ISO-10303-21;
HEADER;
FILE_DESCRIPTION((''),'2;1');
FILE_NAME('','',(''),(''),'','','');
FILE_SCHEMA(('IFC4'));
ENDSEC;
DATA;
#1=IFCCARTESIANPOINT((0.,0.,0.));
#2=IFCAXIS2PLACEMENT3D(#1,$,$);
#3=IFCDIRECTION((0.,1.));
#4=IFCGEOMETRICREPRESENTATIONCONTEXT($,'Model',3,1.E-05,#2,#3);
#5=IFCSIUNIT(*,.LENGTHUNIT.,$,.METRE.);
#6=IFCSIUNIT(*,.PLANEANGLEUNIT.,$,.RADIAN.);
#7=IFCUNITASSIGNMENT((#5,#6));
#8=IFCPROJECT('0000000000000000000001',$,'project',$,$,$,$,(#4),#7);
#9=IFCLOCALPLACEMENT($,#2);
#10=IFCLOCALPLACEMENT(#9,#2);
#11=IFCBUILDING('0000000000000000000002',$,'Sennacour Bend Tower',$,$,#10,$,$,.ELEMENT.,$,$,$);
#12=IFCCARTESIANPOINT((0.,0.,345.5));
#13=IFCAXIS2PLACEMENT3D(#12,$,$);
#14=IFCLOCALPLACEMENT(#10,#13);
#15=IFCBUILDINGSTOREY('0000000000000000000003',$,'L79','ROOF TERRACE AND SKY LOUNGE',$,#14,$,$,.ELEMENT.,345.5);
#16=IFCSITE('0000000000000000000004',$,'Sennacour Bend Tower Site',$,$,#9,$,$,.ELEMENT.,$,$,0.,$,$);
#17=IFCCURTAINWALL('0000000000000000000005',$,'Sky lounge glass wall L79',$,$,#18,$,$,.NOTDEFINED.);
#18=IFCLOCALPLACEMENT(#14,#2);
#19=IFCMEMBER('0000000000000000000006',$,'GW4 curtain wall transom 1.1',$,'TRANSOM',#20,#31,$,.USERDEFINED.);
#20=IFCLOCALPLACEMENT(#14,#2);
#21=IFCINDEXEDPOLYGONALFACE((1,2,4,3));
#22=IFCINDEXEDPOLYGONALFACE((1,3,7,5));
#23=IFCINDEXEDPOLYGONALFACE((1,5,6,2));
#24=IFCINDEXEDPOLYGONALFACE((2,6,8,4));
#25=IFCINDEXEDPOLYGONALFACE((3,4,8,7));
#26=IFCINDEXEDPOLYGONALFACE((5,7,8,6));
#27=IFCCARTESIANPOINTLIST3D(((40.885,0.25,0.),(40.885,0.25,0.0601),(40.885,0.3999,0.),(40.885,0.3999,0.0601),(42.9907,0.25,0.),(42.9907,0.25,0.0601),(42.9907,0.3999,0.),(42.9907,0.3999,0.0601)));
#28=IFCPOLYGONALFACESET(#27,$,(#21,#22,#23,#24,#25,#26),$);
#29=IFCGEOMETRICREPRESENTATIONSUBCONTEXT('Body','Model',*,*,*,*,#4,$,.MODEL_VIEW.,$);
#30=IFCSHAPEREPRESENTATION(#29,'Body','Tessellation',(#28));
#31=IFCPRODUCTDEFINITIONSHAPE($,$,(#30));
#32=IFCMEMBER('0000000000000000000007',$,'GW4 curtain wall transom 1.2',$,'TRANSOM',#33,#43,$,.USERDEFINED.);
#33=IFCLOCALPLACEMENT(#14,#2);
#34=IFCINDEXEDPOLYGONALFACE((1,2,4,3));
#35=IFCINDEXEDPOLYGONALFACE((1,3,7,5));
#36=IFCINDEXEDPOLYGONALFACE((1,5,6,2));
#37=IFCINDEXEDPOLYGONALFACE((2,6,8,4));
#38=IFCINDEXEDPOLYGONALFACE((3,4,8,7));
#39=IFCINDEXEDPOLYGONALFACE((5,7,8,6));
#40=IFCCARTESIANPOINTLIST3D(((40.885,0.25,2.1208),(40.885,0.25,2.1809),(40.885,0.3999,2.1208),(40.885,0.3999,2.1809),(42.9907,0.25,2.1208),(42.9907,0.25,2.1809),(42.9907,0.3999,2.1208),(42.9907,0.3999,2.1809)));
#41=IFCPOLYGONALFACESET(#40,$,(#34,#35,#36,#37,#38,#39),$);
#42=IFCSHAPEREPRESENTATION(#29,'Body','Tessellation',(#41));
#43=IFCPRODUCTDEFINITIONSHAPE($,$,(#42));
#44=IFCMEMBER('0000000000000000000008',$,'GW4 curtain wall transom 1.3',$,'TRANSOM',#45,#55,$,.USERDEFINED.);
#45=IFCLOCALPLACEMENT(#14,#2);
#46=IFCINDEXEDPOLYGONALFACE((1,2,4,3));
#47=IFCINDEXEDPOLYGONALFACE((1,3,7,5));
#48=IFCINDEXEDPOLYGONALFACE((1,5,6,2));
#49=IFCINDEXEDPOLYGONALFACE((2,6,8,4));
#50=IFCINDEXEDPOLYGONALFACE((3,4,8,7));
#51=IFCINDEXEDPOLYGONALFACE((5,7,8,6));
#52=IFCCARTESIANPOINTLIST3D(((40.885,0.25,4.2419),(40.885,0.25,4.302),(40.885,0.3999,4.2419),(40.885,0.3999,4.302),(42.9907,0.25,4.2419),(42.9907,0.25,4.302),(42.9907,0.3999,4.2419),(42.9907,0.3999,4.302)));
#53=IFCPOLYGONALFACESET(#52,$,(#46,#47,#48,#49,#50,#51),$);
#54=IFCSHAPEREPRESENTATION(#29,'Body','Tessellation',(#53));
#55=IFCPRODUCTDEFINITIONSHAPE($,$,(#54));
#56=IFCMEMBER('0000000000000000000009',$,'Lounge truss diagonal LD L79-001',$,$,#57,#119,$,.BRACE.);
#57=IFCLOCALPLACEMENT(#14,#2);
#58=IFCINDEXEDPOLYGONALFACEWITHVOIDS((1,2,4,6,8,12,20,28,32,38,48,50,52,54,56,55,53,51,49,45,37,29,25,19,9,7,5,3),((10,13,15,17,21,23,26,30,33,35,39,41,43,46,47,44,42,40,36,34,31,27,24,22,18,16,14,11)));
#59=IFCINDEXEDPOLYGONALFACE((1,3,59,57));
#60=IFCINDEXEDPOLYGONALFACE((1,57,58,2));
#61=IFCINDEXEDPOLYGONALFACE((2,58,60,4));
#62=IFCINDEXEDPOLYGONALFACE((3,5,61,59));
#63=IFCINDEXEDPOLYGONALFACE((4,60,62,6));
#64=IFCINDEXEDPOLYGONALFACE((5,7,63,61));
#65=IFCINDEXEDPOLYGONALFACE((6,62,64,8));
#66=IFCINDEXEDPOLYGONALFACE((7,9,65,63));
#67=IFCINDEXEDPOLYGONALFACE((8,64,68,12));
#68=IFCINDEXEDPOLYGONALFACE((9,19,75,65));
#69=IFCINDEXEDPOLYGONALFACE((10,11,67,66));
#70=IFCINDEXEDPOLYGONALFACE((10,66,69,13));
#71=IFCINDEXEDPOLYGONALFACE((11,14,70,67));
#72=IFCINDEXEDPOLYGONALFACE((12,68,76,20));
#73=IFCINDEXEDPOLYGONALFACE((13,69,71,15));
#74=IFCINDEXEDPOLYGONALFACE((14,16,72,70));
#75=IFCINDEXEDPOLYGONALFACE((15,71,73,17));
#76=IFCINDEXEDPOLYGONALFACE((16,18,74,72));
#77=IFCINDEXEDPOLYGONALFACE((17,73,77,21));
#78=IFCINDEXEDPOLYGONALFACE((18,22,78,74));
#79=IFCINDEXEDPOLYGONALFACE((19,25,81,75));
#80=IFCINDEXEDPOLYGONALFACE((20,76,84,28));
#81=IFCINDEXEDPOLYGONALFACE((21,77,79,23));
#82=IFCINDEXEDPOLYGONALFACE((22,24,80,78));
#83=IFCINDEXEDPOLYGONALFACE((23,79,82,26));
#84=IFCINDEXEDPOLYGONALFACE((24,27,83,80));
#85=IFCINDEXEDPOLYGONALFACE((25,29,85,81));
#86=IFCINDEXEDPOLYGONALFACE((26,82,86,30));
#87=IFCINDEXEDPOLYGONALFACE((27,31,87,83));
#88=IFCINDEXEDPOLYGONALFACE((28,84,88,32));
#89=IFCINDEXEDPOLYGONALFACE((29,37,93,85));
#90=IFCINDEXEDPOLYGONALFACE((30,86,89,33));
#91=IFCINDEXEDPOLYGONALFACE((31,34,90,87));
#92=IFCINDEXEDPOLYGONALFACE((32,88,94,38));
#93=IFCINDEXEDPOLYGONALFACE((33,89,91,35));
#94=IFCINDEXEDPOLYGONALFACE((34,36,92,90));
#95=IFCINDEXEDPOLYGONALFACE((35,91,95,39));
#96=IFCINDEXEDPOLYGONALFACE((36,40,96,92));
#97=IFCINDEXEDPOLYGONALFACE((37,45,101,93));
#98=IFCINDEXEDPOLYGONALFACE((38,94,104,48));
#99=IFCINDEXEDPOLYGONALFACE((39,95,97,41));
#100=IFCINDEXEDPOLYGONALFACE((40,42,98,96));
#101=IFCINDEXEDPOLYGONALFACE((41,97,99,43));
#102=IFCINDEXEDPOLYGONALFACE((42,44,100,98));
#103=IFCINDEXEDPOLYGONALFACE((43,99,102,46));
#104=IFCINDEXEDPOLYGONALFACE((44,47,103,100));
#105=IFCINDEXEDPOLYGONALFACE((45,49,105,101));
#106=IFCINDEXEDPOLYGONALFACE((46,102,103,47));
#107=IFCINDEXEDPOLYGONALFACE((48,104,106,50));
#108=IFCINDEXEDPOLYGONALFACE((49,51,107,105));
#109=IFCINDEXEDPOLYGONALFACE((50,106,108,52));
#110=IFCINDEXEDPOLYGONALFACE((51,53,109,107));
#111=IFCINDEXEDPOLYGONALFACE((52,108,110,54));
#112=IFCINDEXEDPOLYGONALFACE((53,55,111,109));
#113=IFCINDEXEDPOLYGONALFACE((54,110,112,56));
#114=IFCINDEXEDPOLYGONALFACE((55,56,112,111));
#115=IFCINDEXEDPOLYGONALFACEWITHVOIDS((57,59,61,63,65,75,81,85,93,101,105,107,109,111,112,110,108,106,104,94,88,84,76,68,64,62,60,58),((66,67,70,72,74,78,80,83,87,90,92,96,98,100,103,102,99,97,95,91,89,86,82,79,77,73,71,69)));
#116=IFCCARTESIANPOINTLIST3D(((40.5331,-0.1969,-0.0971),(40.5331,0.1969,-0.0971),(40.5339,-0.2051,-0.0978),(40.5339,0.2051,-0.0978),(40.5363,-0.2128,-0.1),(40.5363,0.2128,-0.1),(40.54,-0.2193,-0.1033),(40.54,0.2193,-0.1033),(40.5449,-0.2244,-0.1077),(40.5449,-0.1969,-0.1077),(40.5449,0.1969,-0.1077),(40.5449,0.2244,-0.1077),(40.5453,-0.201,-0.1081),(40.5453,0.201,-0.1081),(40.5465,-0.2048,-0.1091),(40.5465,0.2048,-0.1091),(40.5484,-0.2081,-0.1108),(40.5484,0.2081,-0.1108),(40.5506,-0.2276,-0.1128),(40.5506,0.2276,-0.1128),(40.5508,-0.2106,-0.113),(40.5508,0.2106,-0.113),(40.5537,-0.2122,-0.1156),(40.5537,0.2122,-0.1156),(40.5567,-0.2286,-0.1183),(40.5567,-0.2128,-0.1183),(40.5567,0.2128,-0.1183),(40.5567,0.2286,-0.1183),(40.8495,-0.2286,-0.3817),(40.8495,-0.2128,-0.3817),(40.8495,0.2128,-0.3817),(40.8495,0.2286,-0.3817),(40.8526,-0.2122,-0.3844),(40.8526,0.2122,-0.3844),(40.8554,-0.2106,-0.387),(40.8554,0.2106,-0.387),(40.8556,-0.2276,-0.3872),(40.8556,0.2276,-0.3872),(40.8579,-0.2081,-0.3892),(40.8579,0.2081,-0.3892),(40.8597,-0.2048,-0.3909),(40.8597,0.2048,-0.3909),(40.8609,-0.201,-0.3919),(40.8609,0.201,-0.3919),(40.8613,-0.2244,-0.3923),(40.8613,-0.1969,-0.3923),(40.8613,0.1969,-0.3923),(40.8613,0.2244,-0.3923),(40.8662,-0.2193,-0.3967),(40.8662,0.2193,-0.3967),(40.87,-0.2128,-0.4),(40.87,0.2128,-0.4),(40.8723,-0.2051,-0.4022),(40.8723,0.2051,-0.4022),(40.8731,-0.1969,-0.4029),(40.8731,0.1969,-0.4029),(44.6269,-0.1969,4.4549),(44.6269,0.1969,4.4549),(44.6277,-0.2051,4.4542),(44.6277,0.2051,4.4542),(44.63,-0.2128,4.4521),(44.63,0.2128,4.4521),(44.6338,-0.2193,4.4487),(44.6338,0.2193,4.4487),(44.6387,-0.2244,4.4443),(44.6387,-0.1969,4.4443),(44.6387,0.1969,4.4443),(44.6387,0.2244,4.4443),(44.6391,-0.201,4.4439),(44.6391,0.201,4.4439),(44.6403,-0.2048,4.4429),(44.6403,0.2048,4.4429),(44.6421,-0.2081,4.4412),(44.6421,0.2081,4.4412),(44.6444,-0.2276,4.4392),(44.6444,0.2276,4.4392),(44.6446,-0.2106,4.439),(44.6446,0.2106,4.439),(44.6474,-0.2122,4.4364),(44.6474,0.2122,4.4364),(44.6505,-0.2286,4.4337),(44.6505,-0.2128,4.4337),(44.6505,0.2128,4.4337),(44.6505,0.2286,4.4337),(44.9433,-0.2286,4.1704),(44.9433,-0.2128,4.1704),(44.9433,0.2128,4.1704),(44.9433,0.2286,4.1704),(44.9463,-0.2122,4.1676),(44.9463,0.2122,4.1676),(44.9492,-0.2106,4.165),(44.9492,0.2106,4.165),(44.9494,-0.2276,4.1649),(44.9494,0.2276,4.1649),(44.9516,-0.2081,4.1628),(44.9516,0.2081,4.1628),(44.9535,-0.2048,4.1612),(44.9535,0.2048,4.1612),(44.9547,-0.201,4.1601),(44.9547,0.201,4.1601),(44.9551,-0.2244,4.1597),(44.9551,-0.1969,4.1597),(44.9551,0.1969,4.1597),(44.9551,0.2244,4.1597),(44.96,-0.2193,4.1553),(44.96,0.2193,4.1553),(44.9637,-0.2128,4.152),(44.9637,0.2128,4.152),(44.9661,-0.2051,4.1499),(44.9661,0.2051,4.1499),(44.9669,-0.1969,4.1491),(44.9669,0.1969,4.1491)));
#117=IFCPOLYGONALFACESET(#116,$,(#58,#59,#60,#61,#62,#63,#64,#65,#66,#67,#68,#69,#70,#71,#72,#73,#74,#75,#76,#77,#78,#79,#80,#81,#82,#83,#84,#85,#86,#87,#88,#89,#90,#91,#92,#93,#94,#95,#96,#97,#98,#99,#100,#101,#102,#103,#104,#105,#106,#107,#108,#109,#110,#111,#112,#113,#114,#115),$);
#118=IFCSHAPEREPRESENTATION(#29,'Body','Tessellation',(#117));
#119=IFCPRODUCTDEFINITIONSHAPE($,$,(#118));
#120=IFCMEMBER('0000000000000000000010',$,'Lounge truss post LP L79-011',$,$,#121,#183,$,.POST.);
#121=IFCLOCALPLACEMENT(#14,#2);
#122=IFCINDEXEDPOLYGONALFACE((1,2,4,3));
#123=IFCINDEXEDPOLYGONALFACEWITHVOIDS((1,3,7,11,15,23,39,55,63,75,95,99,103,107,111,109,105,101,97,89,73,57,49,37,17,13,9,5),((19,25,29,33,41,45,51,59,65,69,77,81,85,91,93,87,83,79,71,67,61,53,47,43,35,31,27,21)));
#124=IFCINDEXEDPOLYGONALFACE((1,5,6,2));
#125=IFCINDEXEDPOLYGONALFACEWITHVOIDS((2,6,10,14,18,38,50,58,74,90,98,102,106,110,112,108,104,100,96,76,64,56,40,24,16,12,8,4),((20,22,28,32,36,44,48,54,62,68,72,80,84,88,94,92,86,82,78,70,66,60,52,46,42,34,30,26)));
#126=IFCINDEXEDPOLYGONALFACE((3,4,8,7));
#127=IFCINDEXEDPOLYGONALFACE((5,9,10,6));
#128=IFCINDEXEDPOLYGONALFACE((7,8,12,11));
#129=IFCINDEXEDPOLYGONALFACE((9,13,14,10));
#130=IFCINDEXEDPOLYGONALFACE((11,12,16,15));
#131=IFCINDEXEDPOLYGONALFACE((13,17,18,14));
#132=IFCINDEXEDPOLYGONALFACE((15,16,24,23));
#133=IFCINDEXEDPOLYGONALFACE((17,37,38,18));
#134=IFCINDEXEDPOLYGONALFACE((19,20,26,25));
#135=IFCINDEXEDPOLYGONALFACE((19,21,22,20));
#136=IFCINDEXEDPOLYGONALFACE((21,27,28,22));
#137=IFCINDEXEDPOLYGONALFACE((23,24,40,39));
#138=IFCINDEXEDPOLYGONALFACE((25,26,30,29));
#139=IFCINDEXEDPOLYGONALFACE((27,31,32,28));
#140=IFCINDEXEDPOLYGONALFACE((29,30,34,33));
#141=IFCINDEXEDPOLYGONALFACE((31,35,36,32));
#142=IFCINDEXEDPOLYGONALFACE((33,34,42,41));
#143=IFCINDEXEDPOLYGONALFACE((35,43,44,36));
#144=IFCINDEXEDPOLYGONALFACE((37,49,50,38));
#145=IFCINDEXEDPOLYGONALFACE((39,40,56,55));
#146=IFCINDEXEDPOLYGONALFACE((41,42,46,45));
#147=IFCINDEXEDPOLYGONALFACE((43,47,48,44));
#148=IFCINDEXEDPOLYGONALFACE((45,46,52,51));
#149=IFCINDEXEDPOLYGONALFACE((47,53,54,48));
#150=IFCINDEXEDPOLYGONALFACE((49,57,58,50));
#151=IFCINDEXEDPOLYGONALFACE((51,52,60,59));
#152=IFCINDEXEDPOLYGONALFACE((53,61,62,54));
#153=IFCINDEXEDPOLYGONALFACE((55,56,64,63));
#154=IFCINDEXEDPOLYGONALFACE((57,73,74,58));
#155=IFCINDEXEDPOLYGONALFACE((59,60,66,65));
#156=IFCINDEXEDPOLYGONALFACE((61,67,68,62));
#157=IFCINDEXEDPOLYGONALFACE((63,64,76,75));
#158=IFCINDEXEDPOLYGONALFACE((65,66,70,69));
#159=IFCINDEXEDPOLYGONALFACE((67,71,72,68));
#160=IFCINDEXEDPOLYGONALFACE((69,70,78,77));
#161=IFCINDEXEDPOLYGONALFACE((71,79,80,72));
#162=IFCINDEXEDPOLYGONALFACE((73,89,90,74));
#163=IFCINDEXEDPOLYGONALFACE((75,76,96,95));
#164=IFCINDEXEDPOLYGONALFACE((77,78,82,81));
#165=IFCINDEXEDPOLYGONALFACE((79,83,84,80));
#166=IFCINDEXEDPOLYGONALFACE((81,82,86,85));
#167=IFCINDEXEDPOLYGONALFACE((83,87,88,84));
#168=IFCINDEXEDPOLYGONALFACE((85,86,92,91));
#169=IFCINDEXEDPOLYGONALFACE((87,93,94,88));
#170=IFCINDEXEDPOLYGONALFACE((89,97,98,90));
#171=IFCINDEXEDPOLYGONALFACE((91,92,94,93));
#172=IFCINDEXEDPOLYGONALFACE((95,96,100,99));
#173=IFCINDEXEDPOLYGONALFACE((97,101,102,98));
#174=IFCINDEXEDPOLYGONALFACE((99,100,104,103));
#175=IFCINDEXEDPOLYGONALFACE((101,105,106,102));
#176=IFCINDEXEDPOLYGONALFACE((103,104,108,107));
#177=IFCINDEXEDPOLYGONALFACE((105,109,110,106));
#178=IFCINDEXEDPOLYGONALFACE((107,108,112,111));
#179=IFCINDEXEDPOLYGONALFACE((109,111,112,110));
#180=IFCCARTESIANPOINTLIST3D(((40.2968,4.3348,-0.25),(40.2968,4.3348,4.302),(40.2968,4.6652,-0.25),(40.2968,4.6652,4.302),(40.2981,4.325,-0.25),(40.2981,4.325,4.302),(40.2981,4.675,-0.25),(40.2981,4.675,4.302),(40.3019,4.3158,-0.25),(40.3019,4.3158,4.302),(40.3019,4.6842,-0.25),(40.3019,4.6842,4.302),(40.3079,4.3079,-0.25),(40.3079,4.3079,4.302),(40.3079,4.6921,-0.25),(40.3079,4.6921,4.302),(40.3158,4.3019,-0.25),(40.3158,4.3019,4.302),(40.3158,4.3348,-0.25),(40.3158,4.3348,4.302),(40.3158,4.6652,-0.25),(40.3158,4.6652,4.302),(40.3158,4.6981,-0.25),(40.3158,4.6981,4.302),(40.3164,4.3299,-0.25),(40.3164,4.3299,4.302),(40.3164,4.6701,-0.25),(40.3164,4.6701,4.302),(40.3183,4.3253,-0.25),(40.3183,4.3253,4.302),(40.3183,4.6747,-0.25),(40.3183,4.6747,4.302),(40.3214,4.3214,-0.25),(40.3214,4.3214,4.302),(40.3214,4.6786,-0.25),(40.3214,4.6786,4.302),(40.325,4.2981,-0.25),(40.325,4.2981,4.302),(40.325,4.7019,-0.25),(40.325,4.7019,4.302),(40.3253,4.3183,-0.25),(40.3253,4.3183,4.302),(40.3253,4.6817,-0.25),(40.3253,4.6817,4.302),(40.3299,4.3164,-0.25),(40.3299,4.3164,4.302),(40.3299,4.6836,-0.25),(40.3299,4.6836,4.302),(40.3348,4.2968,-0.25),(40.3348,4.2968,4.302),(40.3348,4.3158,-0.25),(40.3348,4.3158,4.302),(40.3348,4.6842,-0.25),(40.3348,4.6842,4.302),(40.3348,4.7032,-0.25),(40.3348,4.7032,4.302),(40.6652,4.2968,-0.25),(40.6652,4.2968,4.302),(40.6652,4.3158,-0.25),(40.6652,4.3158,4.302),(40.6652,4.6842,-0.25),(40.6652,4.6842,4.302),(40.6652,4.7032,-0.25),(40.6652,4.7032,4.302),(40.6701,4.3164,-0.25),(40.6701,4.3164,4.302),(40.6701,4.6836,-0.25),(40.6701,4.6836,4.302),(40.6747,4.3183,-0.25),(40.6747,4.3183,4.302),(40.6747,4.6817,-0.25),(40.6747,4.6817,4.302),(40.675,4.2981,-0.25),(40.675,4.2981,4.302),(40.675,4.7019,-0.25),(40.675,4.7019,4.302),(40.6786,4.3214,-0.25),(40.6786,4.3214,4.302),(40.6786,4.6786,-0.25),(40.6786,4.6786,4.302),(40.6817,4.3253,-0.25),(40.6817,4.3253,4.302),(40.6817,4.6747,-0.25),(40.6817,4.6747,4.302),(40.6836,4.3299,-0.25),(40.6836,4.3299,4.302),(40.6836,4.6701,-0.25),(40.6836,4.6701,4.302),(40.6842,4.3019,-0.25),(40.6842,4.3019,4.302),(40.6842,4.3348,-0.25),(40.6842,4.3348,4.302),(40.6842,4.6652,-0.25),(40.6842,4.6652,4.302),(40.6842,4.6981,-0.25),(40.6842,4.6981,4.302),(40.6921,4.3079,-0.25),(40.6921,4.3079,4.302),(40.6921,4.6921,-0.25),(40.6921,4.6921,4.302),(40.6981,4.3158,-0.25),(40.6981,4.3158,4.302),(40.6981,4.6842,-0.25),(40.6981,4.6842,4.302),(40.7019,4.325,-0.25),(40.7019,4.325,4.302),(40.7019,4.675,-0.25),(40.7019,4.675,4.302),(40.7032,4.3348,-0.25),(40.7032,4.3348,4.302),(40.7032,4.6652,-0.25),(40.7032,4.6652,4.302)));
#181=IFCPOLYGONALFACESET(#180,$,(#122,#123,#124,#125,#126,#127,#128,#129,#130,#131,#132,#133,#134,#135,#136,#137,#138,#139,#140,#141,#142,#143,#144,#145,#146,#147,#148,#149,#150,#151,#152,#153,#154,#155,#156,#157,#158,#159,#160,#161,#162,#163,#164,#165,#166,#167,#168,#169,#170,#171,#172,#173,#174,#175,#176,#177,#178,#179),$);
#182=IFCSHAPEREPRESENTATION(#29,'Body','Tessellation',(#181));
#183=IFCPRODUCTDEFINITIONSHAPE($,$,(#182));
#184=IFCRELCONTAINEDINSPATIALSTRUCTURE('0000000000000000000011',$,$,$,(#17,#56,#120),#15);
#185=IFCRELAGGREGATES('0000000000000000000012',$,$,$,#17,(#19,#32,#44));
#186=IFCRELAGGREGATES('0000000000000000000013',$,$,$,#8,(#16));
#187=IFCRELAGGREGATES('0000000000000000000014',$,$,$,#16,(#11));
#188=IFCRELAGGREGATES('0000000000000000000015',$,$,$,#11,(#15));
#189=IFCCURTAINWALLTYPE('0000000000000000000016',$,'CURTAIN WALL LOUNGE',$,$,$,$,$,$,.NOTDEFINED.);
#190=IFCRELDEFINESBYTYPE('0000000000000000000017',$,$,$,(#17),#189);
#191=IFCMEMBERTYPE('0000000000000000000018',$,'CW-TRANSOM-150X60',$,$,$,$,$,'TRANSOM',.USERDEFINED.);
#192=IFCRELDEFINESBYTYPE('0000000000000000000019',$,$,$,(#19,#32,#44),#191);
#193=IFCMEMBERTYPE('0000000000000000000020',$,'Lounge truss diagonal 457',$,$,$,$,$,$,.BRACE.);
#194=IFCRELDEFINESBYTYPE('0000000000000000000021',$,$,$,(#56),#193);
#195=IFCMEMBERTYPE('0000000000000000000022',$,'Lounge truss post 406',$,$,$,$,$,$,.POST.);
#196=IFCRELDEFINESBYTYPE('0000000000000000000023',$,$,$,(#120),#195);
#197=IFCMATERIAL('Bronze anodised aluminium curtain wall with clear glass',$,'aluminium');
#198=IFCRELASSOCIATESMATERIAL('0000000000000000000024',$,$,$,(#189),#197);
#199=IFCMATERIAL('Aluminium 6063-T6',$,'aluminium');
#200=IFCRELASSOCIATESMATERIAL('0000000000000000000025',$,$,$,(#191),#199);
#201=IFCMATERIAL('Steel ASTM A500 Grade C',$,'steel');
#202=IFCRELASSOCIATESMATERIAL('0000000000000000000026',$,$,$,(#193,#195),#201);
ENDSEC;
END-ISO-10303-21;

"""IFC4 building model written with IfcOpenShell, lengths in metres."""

from ifc_helpers import new_model, si_unit, direction, frame, origin, origin_2d, place, context, subcontext, project, spatial, rectangle, hollow_rectangle, extrude, material, material_profile, profile_set, type_object, element, aggregate, save


model = new_model("IFC4")

# Units and contexts
model_context = context("Model", 3, precision=1e-05, world=origin(), true_north=direction((0.0, 1.0)))
body_context = subcontext(model_context, "Body", "Model", "MODEL_VIEW")
ifc_project = project(units=[si_unit("LENGTHUNIT", "METRE"), si_unit("PLANEANGLEUNIT", "RADIAN")], contexts=[model_context])

# Site, building, storey
site_placement = place(None, origin())
site = spatial("IfcSite", under=ifc_project, at=site_placement, Name="Sennacour Bend Tower Site", CompositionType="ELEMENT", RefElevation=0.0)
building_placement = place(site_placement, origin())
building = spatial("IfcBuilding", under=site, at=building_placement, Name="Sennacour Bend Tower", CompositionType="ELEMENT")
storey_placement = place(building_placement, frame((0.0, 0.0, 345.5)))
storey = spatial("IfcBuildingStorey", under=building, at=storey_placement, Name="L79", Description="ROOF TERRACE AND SKY LOUNGE", CompositionType="ELEMENT", Elevation=345.5)

# Shared definitions
ifc_material_1 = material(Name="Bronze anodised aluminium curtain wall with clear glass", Category="aluminium")
curtain_wall_type = type_object("IfcCurtainWallType", Name="CURTAIN WALL LOUNGE", PredefinedType="NOTDEFINED", material=ifc_material_1)
ifc_material_2 = material(Name="Aluminium 6063-T6", Category="aluminium")

# Curtain wall
curtain_wall_1_placement = place(storey_placement, origin())
curtain_wall_1 = element("IfcCurtainWall", 1, at=curtain_wall_1_placement, inside=storey, type_object=curtain_wall_type, Name="Sky lounge glass wall L79", PredefinedType="NOTDEFINED")

# Members
ifc_material_profile_1 = material_profile(ifc_material_2, rectangle(XDim=0.1499, YDim=0.0601, at=origin_2d()), Name="Aluminium 6063-T6", Category="aluminium")
ifc_profile_set_1 = profile_set([ifc_material_profile_1], Name="Aluminium 6063-T6")
member_type_1 = type_object("IfcMemberType", Name="CW-TRANSOM-150X60", ElementType="TRANSOM", PredefinedType="USERDEFINED", material=ifc_profile_set_1)
member_1_placement = place(storey_placement, frame((40.885, 0.325, 0.03), z_axis=(1.0, 0.0, 0.0), x_axis=(0.0, 1.0, 0.0)))
member_1 = element("IfcMember", 2, at=member_1_placement, type_object=member_type_1, Name="GW4 curtain wall transom 1.1", ObjectType="TRANSOM", PredefinedType="USERDEFINED", context=body_context, shape_type="SweptSolid", body=[
    extrude(rectangle(XDim=0.1499, YDim=0.0601, at=origin_2d()), origin(), (0.0, 0.0, 1.0), 2.1057),
])
member_2_placement = place(storey_placement, frame((40.885, 0.325, 2.1509), z_axis=(1.0, 0.0, 0.0), x_axis=(0.0, 1.0, 0.0)))
member_2 = element("IfcMember", 3, at=member_2_placement, type_object=member_type_1, Name="GW4 curtain wall transom 1.2", ObjectType="TRANSOM", PredefinedType="USERDEFINED", context=body_context, shape_type="SweptSolid", body=[
    extrude(rectangle(XDim=0.1499, YDim=0.0601, at=origin_2d()), origin(), (0.0, 0.0, 1.0), 2.1057),
])
member_3_placement = place(storey_placement, frame((40.885, 0.325, 4.272), z_axis=(1.0, 0.0, 0.0), x_axis=(0.0, 1.0, 0.0)))
member_3 = element("IfcMember", 4, at=member_3_placement, type_object=member_type_1, Name="GW4 curtain wall transom 1.3", ObjectType="TRANSOM", PredefinedType="USERDEFINED", context=body_context, shape_type="SweptSolid", body=[
    extrude(rectangle(XDim=0.1499, YDim=0.0601, at=origin_2d()), origin(), (0.0, 0.0, 1.0), 2.1057),
])
aggregate(curtain_wall_1, [member_1, member_2, member_3])

# Members
ifc_material_3 = material(Name="Steel ASTM A500 Grade C", Category="steel")
ifc_material_profile_2 = material_profile(ifc_material_3, hollow_rectangle(XDim=0.4573, YDim=0.4573, WallThickness=0.0159, InnerFilletRadius=0.0159, OuterFilletRadius=0.0317, at=origin_2d()), Name="Steel ASTM A500 Grade C", Category="steel")
ifc_profile_set_2 = profile_set([ifc_material_profile_2], Name="Steel ASTM A500 Grade C")
member_type_2 = type_object("IfcMemberType", Name="Lounge truss diagonal 457", PredefinedType="BRACE", material=ifc_profile_set_2)
member_4_placement = place(storey_placement, frame((40.7031, 0.0, -0.25), z_axis=(0.668689, 0.0, 0.743542), x_axis=(0.0, 1.0, 0.0)))
element("IfcMember", 5, at=member_4_placement, inside=storey, type_object=member_type_2, Name="Lounge truss diagonal LD L79-001", PredefinedType="BRACE", context=body_context, shape_type="SweptSolid", body=[
    extrude(hollow_rectangle(XDim=0.4573, YDim=0.4573, WallThickness=0.0159, InnerFilletRadius=0.0159, OuterFilletRadius=0.0317, at=origin_2d()), origin(), (0.0, 0.0, 1.0), 6.1221),
])
ifc_material_profile_3 = material_profile(ifc_material_3, hollow_rectangle(XDim=0.4065, YDim=0.4065, WallThickness=0.019, InnerFilletRadius=0.019, OuterFilletRadius=0.0381, at=origin_2d()), Name="Steel ASTM A500 Grade C", Category="steel")
ifc_profile_set_3 = profile_set([ifc_material_profile_3], Name="Steel ASTM A500 Grade C")
member_type_3 = type_object("IfcMemberType", Name="Lounge truss post 406", PredefinedType="POST", material=ifc_profile_set_3)
for number, where, z_axis, x_axis, name in (
    (6, (40.5, 4.5, -0.25), (0.0, 0.0, 1.0), (1.0, 0.0, 0.0), "Lounge truss post LP L79-011"),
):
    element("IfcMember", number, at=place(storey_placement, frame(where, z_axis=z_axis, x_axis=x_axis)), inside=storey, type_object=member_type_3, Name=name, PredefinedType="POST", context=body_context, shape_type="SweptSolid", body=[
        extrude(hollow_rectangle(XDim=0.4065, YDim=0.4065, WallThickness=0.019, InnerFilletRadius=0.019, OuterFilletRadius=0.0381, at=origin_2d()), origin(), (0.0, 0.0, 1.0), 4.552),
    ])

save(model, "model.ifc")
